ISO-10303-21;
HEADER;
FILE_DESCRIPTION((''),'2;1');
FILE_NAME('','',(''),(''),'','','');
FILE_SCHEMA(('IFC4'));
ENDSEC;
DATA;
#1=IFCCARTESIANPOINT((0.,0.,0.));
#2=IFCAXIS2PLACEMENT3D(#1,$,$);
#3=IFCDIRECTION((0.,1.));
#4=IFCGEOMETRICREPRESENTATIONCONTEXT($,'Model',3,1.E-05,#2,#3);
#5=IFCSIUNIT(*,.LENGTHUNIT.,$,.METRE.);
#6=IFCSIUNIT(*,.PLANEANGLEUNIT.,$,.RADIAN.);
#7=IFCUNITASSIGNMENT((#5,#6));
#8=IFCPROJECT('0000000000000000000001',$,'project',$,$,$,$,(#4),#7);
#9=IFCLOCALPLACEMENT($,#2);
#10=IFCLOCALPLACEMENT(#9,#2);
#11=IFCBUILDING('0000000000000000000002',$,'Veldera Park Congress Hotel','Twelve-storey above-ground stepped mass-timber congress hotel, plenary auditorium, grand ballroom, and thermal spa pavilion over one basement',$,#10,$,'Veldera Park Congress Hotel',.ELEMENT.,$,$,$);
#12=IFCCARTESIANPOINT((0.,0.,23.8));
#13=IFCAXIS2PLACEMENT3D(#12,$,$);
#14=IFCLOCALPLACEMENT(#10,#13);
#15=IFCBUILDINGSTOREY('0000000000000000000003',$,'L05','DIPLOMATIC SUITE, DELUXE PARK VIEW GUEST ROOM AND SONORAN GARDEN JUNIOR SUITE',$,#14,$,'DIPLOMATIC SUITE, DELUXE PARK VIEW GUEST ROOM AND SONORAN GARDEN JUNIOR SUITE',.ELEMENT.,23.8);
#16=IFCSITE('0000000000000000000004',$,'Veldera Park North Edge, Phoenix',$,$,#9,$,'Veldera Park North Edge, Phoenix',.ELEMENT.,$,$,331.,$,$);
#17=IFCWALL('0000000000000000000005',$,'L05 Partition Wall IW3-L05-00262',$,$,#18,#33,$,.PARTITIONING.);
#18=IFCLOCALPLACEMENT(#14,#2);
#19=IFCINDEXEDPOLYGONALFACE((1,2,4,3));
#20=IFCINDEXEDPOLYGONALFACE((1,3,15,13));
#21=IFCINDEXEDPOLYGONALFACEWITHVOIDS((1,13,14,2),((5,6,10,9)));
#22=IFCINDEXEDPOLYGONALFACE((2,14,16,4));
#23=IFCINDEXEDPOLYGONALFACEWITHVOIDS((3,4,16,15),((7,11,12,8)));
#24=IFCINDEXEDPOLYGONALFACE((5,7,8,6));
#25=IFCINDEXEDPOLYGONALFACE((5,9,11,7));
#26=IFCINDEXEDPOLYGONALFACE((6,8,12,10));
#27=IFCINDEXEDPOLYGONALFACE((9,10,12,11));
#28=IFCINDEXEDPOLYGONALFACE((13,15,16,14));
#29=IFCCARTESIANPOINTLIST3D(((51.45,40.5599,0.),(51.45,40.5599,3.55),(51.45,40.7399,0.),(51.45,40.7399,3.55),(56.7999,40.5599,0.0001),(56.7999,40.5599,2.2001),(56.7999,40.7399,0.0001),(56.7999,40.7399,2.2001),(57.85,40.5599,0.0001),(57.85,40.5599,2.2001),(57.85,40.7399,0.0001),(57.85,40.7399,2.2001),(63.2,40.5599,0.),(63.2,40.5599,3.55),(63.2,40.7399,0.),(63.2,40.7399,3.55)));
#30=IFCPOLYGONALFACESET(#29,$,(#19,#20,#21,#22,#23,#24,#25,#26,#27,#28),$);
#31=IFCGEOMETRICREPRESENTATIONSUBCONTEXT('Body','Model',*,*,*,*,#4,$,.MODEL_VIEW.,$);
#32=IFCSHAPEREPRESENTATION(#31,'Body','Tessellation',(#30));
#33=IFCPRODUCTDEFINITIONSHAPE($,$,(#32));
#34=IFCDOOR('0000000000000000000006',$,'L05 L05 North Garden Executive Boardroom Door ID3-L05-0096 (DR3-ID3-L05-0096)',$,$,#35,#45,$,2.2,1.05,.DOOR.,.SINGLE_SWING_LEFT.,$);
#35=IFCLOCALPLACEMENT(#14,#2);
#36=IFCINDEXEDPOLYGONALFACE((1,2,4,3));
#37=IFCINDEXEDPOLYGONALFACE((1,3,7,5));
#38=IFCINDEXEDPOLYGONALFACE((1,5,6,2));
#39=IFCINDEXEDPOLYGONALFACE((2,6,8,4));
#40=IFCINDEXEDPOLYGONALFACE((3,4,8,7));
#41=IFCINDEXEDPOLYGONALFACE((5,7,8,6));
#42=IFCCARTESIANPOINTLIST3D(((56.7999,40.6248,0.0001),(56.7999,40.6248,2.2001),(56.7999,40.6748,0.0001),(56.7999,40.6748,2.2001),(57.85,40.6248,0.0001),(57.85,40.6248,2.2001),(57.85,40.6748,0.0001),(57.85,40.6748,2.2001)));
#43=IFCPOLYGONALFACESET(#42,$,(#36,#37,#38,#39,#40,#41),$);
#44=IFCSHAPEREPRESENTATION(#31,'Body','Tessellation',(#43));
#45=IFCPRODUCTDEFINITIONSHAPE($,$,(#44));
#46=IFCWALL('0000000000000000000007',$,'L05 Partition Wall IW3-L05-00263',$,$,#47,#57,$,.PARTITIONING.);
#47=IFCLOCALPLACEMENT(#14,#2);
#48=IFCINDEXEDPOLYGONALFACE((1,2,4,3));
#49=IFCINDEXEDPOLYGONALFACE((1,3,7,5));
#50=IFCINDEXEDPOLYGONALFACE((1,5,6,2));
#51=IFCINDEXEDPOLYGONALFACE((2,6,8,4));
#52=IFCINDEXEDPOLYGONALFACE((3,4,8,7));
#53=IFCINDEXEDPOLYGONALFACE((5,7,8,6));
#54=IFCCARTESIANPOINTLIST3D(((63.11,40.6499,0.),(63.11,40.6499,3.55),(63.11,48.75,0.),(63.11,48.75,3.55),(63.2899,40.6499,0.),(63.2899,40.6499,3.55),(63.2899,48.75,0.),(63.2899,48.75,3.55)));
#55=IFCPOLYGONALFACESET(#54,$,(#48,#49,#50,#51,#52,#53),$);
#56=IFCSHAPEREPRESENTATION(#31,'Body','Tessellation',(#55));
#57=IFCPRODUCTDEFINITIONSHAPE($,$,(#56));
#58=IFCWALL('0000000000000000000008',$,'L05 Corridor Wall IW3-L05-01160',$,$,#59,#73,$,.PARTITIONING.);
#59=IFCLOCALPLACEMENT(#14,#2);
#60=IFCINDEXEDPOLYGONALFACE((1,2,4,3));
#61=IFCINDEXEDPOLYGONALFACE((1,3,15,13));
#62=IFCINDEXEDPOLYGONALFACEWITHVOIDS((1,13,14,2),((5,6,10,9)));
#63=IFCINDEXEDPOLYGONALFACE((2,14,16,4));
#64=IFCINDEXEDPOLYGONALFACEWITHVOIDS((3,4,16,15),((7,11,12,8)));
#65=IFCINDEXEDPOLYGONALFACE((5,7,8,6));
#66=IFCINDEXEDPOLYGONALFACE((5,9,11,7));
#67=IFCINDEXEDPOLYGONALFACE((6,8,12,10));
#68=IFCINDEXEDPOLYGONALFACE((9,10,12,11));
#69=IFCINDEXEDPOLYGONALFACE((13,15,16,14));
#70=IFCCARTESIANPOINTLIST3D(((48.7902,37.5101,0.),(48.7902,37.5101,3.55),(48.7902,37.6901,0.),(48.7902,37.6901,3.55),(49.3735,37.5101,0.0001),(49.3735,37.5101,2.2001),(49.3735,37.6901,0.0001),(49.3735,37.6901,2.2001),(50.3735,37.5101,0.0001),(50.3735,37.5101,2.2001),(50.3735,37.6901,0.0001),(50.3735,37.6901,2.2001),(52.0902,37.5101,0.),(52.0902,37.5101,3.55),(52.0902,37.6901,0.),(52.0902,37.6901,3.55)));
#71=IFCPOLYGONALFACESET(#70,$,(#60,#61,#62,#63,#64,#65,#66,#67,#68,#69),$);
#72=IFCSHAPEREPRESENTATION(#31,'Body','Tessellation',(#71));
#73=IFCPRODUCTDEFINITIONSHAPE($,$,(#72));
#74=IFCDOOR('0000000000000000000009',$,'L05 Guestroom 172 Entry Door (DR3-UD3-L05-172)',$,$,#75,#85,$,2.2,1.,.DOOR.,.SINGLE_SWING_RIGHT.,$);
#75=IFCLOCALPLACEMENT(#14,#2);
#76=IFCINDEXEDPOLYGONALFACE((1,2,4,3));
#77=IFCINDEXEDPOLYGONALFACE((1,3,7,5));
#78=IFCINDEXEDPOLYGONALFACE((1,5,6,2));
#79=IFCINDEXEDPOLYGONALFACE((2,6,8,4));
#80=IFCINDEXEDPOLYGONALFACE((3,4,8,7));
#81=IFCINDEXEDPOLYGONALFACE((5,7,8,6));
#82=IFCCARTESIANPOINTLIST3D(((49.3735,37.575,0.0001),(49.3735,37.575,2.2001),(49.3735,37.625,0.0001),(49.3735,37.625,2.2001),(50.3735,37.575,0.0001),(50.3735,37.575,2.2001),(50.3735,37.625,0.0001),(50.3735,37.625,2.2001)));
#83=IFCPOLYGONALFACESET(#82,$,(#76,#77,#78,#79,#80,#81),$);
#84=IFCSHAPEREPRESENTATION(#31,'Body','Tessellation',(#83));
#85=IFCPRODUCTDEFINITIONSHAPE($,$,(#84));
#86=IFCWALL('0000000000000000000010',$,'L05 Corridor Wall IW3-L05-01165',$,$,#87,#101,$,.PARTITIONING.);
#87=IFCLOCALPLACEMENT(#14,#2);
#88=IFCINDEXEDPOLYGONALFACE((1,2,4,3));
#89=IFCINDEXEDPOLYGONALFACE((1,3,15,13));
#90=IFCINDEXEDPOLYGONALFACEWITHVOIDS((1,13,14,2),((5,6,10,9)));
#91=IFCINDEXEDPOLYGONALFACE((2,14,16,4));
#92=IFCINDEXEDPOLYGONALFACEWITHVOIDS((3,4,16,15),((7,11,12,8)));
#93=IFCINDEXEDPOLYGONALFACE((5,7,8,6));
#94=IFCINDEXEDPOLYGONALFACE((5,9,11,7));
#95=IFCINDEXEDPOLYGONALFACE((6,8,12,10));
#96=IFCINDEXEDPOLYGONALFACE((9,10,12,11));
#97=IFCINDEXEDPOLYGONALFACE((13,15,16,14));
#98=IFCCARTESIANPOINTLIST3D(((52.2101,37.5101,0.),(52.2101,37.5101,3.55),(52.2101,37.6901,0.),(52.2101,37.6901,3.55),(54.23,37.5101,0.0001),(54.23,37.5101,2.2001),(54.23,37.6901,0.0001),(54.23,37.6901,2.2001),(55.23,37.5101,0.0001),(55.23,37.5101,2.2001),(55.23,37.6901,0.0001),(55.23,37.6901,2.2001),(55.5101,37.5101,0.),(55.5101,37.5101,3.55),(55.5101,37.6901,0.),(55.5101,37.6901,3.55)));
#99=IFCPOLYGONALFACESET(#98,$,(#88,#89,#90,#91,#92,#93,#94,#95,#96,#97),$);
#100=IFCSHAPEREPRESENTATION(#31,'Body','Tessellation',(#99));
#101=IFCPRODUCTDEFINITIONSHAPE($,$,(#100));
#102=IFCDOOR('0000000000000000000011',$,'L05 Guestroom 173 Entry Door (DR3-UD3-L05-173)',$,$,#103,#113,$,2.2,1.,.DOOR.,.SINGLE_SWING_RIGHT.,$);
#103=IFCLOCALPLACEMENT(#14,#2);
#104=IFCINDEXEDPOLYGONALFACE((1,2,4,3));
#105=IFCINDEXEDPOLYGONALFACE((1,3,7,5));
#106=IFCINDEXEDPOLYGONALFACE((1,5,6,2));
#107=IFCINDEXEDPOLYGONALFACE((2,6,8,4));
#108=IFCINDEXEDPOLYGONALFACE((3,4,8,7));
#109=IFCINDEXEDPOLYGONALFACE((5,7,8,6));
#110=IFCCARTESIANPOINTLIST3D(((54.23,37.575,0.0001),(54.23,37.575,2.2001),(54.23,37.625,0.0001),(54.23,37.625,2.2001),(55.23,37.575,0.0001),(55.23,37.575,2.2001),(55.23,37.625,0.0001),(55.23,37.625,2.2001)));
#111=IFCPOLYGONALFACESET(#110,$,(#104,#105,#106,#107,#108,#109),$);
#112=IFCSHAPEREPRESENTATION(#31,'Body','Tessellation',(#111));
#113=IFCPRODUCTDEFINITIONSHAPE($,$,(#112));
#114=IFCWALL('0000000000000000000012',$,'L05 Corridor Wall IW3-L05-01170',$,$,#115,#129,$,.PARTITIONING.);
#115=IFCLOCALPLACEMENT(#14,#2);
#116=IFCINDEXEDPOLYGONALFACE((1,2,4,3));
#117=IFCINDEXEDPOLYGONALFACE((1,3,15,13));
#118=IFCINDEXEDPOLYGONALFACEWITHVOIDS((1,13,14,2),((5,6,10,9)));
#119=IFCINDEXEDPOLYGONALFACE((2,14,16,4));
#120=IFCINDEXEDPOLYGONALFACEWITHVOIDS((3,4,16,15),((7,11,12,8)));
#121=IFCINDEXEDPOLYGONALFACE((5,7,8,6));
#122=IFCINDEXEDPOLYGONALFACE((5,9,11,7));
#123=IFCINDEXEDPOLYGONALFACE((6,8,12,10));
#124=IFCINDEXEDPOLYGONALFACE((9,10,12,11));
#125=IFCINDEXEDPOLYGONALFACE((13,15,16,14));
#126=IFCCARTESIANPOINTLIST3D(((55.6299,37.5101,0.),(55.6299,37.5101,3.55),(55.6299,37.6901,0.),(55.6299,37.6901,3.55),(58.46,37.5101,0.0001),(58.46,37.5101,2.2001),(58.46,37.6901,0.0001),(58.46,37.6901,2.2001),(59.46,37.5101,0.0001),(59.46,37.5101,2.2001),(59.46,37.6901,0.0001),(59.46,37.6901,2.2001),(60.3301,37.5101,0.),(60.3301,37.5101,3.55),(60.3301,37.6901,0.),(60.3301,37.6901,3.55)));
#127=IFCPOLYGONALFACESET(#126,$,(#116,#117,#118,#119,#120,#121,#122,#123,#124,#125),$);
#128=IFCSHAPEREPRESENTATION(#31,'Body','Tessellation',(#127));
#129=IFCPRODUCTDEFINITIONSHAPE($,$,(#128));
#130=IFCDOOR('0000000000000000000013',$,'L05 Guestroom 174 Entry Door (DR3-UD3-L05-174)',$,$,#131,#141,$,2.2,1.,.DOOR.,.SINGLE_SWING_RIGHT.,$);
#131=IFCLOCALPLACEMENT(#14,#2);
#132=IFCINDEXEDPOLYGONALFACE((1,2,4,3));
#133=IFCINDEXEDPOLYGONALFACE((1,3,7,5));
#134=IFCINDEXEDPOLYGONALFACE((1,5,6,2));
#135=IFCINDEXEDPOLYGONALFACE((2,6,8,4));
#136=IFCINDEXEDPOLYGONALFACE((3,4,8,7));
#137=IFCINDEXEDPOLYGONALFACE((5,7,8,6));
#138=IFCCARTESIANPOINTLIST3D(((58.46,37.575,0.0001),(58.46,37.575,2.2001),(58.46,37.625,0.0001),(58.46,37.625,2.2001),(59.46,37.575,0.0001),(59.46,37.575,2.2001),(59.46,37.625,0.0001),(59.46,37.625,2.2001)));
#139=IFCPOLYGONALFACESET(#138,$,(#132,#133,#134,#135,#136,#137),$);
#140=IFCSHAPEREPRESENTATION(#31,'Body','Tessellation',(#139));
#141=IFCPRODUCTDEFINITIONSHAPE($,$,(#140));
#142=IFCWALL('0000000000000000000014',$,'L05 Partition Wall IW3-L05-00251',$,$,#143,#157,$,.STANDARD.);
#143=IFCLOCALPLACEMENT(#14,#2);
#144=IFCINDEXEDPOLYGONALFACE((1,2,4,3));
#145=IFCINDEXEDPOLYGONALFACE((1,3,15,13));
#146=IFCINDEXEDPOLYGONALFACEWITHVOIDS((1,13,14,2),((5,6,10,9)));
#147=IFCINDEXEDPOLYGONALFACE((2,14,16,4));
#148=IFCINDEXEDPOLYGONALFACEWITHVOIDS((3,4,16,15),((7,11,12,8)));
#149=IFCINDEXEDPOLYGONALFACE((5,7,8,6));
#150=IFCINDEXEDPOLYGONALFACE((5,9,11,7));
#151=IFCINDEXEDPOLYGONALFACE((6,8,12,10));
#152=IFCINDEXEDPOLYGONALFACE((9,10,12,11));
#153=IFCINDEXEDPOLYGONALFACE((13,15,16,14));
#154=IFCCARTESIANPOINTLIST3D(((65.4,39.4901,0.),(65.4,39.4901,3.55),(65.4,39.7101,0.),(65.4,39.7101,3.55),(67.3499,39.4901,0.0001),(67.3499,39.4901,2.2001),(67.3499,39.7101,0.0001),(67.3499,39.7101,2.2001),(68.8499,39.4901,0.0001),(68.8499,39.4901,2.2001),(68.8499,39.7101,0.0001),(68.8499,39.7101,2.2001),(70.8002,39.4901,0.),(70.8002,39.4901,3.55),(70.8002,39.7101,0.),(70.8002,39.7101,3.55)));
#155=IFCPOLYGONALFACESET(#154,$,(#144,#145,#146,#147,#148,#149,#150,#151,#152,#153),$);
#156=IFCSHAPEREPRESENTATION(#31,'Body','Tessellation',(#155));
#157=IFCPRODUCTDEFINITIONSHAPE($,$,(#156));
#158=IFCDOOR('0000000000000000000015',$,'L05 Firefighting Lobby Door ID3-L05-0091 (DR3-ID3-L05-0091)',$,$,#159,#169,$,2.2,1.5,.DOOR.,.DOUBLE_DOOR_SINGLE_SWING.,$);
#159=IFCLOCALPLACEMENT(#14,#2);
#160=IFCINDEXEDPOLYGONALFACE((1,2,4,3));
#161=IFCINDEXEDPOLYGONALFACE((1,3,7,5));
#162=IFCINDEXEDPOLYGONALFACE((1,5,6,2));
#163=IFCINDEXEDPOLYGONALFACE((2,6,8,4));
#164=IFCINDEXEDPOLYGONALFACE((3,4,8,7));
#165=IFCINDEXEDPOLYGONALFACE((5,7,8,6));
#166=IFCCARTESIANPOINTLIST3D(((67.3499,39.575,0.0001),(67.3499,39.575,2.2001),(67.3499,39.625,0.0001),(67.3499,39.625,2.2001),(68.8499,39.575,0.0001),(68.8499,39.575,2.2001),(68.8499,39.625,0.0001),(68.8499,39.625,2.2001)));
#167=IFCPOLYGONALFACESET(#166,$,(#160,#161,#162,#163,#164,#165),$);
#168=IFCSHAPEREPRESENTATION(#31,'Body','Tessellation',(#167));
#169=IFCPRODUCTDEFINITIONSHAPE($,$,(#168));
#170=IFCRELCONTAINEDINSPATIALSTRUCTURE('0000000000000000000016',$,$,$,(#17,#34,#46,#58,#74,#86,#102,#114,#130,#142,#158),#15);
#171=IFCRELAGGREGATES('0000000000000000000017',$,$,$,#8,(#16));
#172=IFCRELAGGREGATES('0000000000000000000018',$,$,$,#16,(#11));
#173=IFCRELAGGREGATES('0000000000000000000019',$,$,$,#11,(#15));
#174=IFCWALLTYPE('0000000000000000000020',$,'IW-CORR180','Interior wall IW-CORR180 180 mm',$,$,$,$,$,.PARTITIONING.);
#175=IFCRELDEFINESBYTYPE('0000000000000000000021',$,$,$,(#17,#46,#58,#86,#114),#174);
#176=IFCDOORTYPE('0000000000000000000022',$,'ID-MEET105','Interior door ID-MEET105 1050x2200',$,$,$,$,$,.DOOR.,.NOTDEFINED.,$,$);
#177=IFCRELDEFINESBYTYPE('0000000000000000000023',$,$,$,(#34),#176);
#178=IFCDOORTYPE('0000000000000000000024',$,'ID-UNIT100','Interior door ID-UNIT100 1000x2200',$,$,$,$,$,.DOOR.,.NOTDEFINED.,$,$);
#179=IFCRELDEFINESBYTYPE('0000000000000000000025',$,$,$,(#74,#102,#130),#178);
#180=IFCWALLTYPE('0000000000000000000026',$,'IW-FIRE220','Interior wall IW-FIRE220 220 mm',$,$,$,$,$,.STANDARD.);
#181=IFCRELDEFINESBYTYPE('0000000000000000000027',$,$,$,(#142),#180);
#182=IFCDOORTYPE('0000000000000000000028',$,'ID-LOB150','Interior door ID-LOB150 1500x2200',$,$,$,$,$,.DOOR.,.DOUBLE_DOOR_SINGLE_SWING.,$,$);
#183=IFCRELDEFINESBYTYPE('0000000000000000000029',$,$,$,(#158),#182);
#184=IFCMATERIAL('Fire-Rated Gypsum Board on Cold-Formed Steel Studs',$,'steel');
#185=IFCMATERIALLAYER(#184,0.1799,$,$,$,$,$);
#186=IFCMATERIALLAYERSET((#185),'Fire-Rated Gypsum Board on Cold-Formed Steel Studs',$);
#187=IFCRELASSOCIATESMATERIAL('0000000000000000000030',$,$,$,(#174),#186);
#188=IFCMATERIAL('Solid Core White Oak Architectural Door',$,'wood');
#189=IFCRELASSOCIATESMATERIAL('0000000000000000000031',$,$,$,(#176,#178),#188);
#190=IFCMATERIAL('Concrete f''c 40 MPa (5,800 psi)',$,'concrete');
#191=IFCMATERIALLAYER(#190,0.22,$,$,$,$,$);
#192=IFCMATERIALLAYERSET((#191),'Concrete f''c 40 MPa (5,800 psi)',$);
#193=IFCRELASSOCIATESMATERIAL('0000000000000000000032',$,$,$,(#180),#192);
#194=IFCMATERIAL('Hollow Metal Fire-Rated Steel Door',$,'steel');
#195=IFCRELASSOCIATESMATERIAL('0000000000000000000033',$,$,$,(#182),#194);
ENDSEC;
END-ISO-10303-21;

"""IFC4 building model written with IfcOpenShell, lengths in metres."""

from ifc_helpers import new_model, si_unit, direction, frame, frame_2d, origin, place, context, subcontext, project, spatial, rectangle, extrude, material, layer, layer_set, type_object, element, fill, save


model = new_model("IFC4")

# Units and contexts
model_context = context("Model", 3, precision=1e-05, world=origin(), true_north=direction((0.0, 1.0)))
body_context = subcontext(model_context, "Body", "Model", "MODEL_VIEW")
ifc_project = project(units=[si_unit("LENGTHUNIT", "METRE"), si_unit("PLANEANGLEUNIT", "RADIAN")], contexts=[model_context])

# Site, building, storey
site_placement = place(None, origin())
site = spatial("IfcSite", under=ifc_project, at=site_placement, Name="Veldera Park North Edge, Phoenix", LongName="Veldera Park North Edge, Phoenix", CompositionType="ELEMENT", RefElevation=331.0)
building_placement = place(site_placement, origin())
building = spatial("IfcBuilding", under=site, at=building_placement, Name="Veldera Park Congress Hotel", Description="Twelve-storey above-ground stepped mass-timber congress hotel, plenary auditorium, grand ballroom, and thermal spa pavilion over one basement", LongName="Veldera Park Congress Hotel", CompositionType="ELEMENT")
storey_placement = place(building_placement, frame((0.0, 0.0, 23.8)))
storey = spatial("IfcBuildingStorey", under=building, at=storey_placement, Name="L05", Description="DIPLOMATIC SUITE, DELUXE PARK VIEW GUEST ROOM AND SONORAN GARDEN JUNIOR SUITE", LongName="DIPLOMATIC SUITE, DELUXE PARK VIEW GUEST ROOM AND SONORAN GARDEN JUNIOR SUITE", CompositionType="ELEMENT", Elevation=23.8)

# Wall, opening, door
ifc_material_1 = material(Name="Fire-Rated Gypsum Board on Cold-Formed Steel Studs", Category="steel")
ifc_layer_1 = layer(ifc_material_1, 0.1799)
ifc_layer_set_1 = layer_set([ifc_layer_1], Name="Fire-Rated Gypsum Board on Cold-Formed Steel Studs")
wall_type_1 = type_object("IfcWallType", Name="IW-CORR180", Description="Interior wall IW-CORR180 180 mm", PredefinedType="PARTITIONING", material=ifc_layer_set_1)
wall_1_placement = place(storey_placement, frame((51.45, 40.6499, 0.0), z_axis=(0.0, 0.0, 1.0), x_axis=(1.0, 0.0, 0.0)))
wall_1 = element("IfcWall", 1, at=wall_1_placement, inside=storey, type_object=wall_type_1, Name="L05 Partition Wall IW3-L05-00262", PredefinedType="PARTITIONING", context=body_context, shape_type="SweptSolid", body=[
    extrude(rectangle(XDim=11.75, YDim=0.1799, at=frame_2d((5.875, 0.0))), origin(), (0.0, 0.0, 1.0), 3.55),
])
opening_1_placement = place(wall_1_placement, frame((5.3501, 0.0, 0.0)))
opening_1 = element("IfcOpeningElement", 2, at=opening_1_placement, cuts=wall_1, PredefinedType="OPENING", context=body_context, shape_type="SweptSolid", body=[
    extrude(rectangle(XDim=1.05, YDim=2.2, at=frame_2d((0.5249, 1.1001))), frame((0.0, 0.1021, 0.0), z_axis=(0.0, -1.0, 0.0), x_axis=(1.0, 0.0, 0.0)), (0.0, 0.0, 1.0), 0.2039),
])
ifc_material_2 = material(Name="Solid Core White Oak Architectural Door", Category="wood")
door_type_1 = type_object("IfcDoorType", Name="ID-MEET105", Description="Interior door ID-MEET105 1050x2200", OperationType="NOTDEFINED", PredefinedType="DOOR", material=ifc_material_2)
door_1_placement = place(opening_1_placement, origin())
door_1 = element("IfcDoor", 3, at=door_1_placement, inside=storey, type_object=door_type_1, Name="L05 L05 North Garden Executive Boardroom Door ID3-L05-0096 (DR3-ID3-L05-0096)", OperationType="SINGLE_SWING_LEFT", OverallHeight=2.2, OverallWidth=1.05, PredefinedType="DOOR", context=body_context, shape_type="SweptSolid", body=[
    extrude(rectangle(XDim=1.05, YDim=2.2, at=frame_2d((0.5249, 1.1001))), frame((0.0, 0.0249, 0.0), z_axis=(0.0, -1.0, 0.0), x_axis=(1.0, 0.0, 0.0)), (0.0, 0.0, 1.0), 0.05),
])
fill(opening_1, door_1)

# Wall
wall_2_placement = place(storey_placement, frame((63.2, 40.6499, 0.0), z_axis=(0.0, 0.0, 1.0), x_axis=(0.0, 1.0, 0.0)))
element("IfcWall", 4, at=wall_2_placement, inside=storey, type_object=wall_type_1, Name="L05 Partition Wall IW3-L05-00263", PredefinedType="PARTITIONING", context=body_context, shape_type="SweptSolid", body=[
    extrude(rectangle(XDim=8.1001, YDim=0.1799, at=frame_2d((4.05, 0.0))), origin(), (0.0, 0.0, 1.0), 3.55),
])

# Walls, openings, doors
wall_3_placement = place(storey_placement, frame((52.0901, 37.6001, 0.0), z_axis=(0.0, 0.0, 1.0), x_axis=(-1.0, 0.0, 0.0)))
wall_3 = element("IfcWall", 5, at=wall_3_placement, inside=storey, type_object=wall_type_1, Name="L05 Corridor Wall IW3-L05-01160", PredefinedType="PARTITIONING", context=body_context, shape_type="SweptSolid", body=[
    extrude(rectangle(XDim=3.3, YDim=0.1799, at=frame_2d((1.6499, 0.0))), origin(), (0.0, 0.0, 1.0), 3.55),
])
opening_2_placement = place(wall_3_placement, frame((1.7166, 0.0, 0.0)))
opening_2 = element("IfcOpeningElement", 6, at=opening_2_placement, cuts=wall_3, PredefinedType="OPENING", context=body_context, shape_type="SweptSolid", body=[
    extrude(rectangle(XDim=1.0, YDim=2.2, at=frame_2d((0.5, 1.1001))), frame((0.0, 0.1021, 0.0), z_axis=(0.0, -1.0, 0.0), x_axis=(1.0, 0.0, 0.0)), (0.0, 0.0, 1.0), 0.2039),
])
door_type_2 = type_object("IfcDoorType", Name="ID-UNIT100", Description="Interior door ID-UNIT100 1000x2200", OperationType="NOTDEFINED", PredefinedType="DOOR", material=ifc_material_2)
door_2_placement = place(opening_2_placement, frame((1.0, 0.0, 0.0), z_axis=(0.0, 0.0, 1.0), x_axis=(-1.0, 0.0, 0.0)))
door_2 = element("IfcDoor", 7, at=door_2_placement, inside=storey, type_object=door_type_2, Name="L05 Guestroom 172 Entry Door (DR3-UD3-L05-172)", OperationType="SINGLE_SWING_RIGHT", OverallHeight=2.2, OverallWidth=1.0, PredefinedType="DOOR", context=body_context, shape_type="SweptSolid", body=[
    extrude(rectangle(XDim=1.0, YDim=2.2, at=frame_2d((0.5, 1.1001))), frame((0.0, 0.0249, 0.0), z_axis=(0.0, -1.0, 0.0), x_axis=(1.0, 0.0, 0.0)), (0.0, 0.0, 1.0), 0.05),
])
fill(opening_2, door_2)
wall_4_placement = place(storey_placement, frame((55.51, 37.6001, 0.0), z_axis=(0.0, 0.0, 1.0), x_axis=(-1.0, 0.0, 0.0)))
wall_4 = element("IfcWall", 8, at=wall_4_placement, inside=storey, type_object=wall_type_1, Name="L05 Corridor Wall IW3-L05-01165", PredefinedType="PARTITIONING", context=body_context, shape_type="SweptSolid", body=[
    extrude(rectangle(XDim=3.3, YDim=0.1799, at=frame_2d((1.6499, 0.0))), origin(), (0.0, 0.0, 1.0), 3.55),
])
opening_3_placement = place(wall_4_placement, frame((0.28, 0.0, 0.0)))
opening_3 = element("IfcOpeningElement", 9, at=opening_3_placement, cuts=wall_4, PredefinedType="OPENING", context=body_context, shape_type="SweptSolid", body=[
    extrude(rectangle(XDim=1.0, YDim=2.2, at=frame_2d((0.5, 1.1001))), frame((0.0, 0.1021, 0.0), z_axis=(0.0, -1.0, 0.0), x_axis=(1.0, 0.0, 0.0)), (0.0, 0.0, 1.0), 0.2039),
])
door_3_placement = place(opening_3_placement, frame((1.0, 0.0, 0.0), z_axis=(0.0, 0.0, 1.0), x_axis=(-1.0, 0.0, 0.0)))
door_3 = element("IfcDoor", 10, at=door_3_placement, inside=storey, type_object=door_type_2, Name="L05 Guestroom 173 Entry Door (DR3-UD3-L05-173)", OperationType="SINGLE_SWING_RIGHT", OverallHeight=2.2, OverallWidth=1.0, PredefinedType="DOOR", context=body_context, shape_type="SweptSolid", body=[
    extrude(rectangle(XDim=1.0, YDim=2.2, at=frame_2d((0.5, 1.1001))), frame((0.0, 0.0249, 0.0), z_axis=(0.0, -1.0, 0.0), x_axis=(1.0, 0.0, 0.0)), (0.0, 0.0, 1.0), 0.05),
])
fill(opening_3, door_3)
wall_5_placement = place(storey_placement, frame((60.3301, 37.6001, 0.0), z_axis=(0.0, 0.0, 1.0), x_axis=(-1.0, 0.0, 0.0)))
wall_5 = element("IfcWall", 11, at=wall_5_placement, inside=storey, type_object=wall_type_1, Name="L05 Corridor Wall IW3-L05-01170", PredefinedType="PARTITIONING", context=body_context, shape_type="SweptSolid", body=[
    extrude(rectangle(XDim=4.7002, YDim=0.1799, at=frame_2d((2.3501, 0.0))), origin(), (0.0, 0.0, 1.0), 3.55),
])
opening_4_placement = place(wall_5_placement, frame((0.8701, 0.0, 0.0)))
opening_4 = element("IfcOpeningElement", 12, at=opening_4_placement, cuts=wall_5, PredefinedType="OPENING", context=body_context, shape_type="SweptSolid", body=[
    extrude(rectangle(XDim=1.0, YDim=2.2, at=frame_2d((0.5, 1.1001))), frame((0.0, 0.1021, 0.0), z_axis=(0.0, -1.0, 0.0), x_axis=(1.0, 0.0, 0.0)), (0.0, 0.0, 1.0), 0.2039),
])
door_4_placement = place(opening_4_placement, frame((1.0, 0.0, 0.0), z_axis=(0.0, 0.0, 1.0), x_axis=(-1.0, 0.0, 0.0)))
door_4 = element("IfcDoor", 13, at=door_4_placement, inside=storey, type_object=door_type_2, Name="L05 Guestroom 174 Entry Door (DR3-UD3-L05-174)", OperationType="SINGLE_SWING_RIGHT", OverallHeight=2.2, OverallWidth=1.0, PredefinedType="DOOR", context=body_context, shape_type="SweptSolid", body=[
    extrude(rectangle(XDim=1.0, YDim=2.2, at=frame_2d((0.5, 1.1001))), frame((0.0, 0.0249, 0.0), z_axis=(0.0, -1.0, 0.0), x_axis=(1.0, 0.0, 0.0)), (0.0, 0.0, 1.0), 0.05),
])
fill(opening_4, door_4)
ifc_material_3 = material(Name="Concrete f'c 40 MPa (5,800 psi)", Category="concrete")
ifc_layer_2 = layer(ifc_material_3, 0.22)
ifc_layer_set_2 = layer_set([ifc_layer_2], Name="Concrete f'c 40 MPa (5,800 psi)")
wall_type_2 = type_object("IfcWallType", Name="IW-FIRE220", Description="Interior wall IW-FIRE220 220 mm", PredefinedType="STANDARD", material=ifc_layer_set_2)
wall_6_placement = place(storey_placement, frame((65.3999, 39.6001, 0.0), z_axis=(0.0, 0.0, 1.0), x_axis=(1.0, 0.0, 0.0)))
wall_6 = element("IfcWall", 14, at=wall_6_placement, inside=storey, type_object=wall_type_2, Name="L05 Partition Wall IW3-L05-00251", PredefinedType="STANDARD", context=body_context, shape_type="SweptSolid", body=[
    extrude(rectangle(XDim=5.4001, YDim=0.22, at=frame_2d((2.7002, 0.0))), origin(), (0.0, 0.0, 1.0), 3.55),
])
opening_5_placement = place(wall_6_placement, frame((1.95, 0.0, 0.0)))
opening_5 = element("IfcOpeningElement", 15, at=opening_5_placement, cuts=wall_6, PredefinedType="OPENING", context=body_context, shape_type="SweptSolid", body=[
    extrude(rectangle(XDim=1.5, YDim=2.2, at=frame_2d((0.75, 1.1001))), frame((0.0, 0.1221, 0.0), z_axis=(0.0, -1.0, 0.0), x_axis=(1.0, 0.0, 0.0)), (0.0, 0.0, 1.0), 0.2439),
])
ifc_material_4 = material(Name="Hollow Metal Fire-Rated Steel Door", Category="steel")
door_type_3 = type_object("IfcDoorType", Name="ID-LOB150", Description="Interior door ID-LOB150 1500x2200", OperationType="DOUBLE_DOOR_SINGLE_SWING", PredefinedType="DOOR", material=ifc_material_4)
door_5_placement = place(opening_5_placement, origin())
door_5 = element("IfcDoor", 16, at=door_5_placement, inside=storey, type_object=door_type_3, Name="L05 Firefighting Lobby Door ID3-L05-0091 (DR3-ID3-L05-0091)", OperationType="DOUBLE_DOOR_SINGLE_SWING", OverallHeight=2.2, OverallWidth=1.5, PredefinedType="DOOR", context=body_context, shape_type="SweptSolid", body=[
    extrude(rectangle(XDim=1.5, YDim=2.2, at=frame_2d((0.75, 1.1001))), frame((0.0, 0.0249, 0.0), z_axis=(0.0, -1.0, 0.0), x_axis=(1.0, 0.0, 0.0)), (0.0, 0.0, 1.0), 0.05),
])
fill(opening_5, door_5)

save(model, "model.ifc")
